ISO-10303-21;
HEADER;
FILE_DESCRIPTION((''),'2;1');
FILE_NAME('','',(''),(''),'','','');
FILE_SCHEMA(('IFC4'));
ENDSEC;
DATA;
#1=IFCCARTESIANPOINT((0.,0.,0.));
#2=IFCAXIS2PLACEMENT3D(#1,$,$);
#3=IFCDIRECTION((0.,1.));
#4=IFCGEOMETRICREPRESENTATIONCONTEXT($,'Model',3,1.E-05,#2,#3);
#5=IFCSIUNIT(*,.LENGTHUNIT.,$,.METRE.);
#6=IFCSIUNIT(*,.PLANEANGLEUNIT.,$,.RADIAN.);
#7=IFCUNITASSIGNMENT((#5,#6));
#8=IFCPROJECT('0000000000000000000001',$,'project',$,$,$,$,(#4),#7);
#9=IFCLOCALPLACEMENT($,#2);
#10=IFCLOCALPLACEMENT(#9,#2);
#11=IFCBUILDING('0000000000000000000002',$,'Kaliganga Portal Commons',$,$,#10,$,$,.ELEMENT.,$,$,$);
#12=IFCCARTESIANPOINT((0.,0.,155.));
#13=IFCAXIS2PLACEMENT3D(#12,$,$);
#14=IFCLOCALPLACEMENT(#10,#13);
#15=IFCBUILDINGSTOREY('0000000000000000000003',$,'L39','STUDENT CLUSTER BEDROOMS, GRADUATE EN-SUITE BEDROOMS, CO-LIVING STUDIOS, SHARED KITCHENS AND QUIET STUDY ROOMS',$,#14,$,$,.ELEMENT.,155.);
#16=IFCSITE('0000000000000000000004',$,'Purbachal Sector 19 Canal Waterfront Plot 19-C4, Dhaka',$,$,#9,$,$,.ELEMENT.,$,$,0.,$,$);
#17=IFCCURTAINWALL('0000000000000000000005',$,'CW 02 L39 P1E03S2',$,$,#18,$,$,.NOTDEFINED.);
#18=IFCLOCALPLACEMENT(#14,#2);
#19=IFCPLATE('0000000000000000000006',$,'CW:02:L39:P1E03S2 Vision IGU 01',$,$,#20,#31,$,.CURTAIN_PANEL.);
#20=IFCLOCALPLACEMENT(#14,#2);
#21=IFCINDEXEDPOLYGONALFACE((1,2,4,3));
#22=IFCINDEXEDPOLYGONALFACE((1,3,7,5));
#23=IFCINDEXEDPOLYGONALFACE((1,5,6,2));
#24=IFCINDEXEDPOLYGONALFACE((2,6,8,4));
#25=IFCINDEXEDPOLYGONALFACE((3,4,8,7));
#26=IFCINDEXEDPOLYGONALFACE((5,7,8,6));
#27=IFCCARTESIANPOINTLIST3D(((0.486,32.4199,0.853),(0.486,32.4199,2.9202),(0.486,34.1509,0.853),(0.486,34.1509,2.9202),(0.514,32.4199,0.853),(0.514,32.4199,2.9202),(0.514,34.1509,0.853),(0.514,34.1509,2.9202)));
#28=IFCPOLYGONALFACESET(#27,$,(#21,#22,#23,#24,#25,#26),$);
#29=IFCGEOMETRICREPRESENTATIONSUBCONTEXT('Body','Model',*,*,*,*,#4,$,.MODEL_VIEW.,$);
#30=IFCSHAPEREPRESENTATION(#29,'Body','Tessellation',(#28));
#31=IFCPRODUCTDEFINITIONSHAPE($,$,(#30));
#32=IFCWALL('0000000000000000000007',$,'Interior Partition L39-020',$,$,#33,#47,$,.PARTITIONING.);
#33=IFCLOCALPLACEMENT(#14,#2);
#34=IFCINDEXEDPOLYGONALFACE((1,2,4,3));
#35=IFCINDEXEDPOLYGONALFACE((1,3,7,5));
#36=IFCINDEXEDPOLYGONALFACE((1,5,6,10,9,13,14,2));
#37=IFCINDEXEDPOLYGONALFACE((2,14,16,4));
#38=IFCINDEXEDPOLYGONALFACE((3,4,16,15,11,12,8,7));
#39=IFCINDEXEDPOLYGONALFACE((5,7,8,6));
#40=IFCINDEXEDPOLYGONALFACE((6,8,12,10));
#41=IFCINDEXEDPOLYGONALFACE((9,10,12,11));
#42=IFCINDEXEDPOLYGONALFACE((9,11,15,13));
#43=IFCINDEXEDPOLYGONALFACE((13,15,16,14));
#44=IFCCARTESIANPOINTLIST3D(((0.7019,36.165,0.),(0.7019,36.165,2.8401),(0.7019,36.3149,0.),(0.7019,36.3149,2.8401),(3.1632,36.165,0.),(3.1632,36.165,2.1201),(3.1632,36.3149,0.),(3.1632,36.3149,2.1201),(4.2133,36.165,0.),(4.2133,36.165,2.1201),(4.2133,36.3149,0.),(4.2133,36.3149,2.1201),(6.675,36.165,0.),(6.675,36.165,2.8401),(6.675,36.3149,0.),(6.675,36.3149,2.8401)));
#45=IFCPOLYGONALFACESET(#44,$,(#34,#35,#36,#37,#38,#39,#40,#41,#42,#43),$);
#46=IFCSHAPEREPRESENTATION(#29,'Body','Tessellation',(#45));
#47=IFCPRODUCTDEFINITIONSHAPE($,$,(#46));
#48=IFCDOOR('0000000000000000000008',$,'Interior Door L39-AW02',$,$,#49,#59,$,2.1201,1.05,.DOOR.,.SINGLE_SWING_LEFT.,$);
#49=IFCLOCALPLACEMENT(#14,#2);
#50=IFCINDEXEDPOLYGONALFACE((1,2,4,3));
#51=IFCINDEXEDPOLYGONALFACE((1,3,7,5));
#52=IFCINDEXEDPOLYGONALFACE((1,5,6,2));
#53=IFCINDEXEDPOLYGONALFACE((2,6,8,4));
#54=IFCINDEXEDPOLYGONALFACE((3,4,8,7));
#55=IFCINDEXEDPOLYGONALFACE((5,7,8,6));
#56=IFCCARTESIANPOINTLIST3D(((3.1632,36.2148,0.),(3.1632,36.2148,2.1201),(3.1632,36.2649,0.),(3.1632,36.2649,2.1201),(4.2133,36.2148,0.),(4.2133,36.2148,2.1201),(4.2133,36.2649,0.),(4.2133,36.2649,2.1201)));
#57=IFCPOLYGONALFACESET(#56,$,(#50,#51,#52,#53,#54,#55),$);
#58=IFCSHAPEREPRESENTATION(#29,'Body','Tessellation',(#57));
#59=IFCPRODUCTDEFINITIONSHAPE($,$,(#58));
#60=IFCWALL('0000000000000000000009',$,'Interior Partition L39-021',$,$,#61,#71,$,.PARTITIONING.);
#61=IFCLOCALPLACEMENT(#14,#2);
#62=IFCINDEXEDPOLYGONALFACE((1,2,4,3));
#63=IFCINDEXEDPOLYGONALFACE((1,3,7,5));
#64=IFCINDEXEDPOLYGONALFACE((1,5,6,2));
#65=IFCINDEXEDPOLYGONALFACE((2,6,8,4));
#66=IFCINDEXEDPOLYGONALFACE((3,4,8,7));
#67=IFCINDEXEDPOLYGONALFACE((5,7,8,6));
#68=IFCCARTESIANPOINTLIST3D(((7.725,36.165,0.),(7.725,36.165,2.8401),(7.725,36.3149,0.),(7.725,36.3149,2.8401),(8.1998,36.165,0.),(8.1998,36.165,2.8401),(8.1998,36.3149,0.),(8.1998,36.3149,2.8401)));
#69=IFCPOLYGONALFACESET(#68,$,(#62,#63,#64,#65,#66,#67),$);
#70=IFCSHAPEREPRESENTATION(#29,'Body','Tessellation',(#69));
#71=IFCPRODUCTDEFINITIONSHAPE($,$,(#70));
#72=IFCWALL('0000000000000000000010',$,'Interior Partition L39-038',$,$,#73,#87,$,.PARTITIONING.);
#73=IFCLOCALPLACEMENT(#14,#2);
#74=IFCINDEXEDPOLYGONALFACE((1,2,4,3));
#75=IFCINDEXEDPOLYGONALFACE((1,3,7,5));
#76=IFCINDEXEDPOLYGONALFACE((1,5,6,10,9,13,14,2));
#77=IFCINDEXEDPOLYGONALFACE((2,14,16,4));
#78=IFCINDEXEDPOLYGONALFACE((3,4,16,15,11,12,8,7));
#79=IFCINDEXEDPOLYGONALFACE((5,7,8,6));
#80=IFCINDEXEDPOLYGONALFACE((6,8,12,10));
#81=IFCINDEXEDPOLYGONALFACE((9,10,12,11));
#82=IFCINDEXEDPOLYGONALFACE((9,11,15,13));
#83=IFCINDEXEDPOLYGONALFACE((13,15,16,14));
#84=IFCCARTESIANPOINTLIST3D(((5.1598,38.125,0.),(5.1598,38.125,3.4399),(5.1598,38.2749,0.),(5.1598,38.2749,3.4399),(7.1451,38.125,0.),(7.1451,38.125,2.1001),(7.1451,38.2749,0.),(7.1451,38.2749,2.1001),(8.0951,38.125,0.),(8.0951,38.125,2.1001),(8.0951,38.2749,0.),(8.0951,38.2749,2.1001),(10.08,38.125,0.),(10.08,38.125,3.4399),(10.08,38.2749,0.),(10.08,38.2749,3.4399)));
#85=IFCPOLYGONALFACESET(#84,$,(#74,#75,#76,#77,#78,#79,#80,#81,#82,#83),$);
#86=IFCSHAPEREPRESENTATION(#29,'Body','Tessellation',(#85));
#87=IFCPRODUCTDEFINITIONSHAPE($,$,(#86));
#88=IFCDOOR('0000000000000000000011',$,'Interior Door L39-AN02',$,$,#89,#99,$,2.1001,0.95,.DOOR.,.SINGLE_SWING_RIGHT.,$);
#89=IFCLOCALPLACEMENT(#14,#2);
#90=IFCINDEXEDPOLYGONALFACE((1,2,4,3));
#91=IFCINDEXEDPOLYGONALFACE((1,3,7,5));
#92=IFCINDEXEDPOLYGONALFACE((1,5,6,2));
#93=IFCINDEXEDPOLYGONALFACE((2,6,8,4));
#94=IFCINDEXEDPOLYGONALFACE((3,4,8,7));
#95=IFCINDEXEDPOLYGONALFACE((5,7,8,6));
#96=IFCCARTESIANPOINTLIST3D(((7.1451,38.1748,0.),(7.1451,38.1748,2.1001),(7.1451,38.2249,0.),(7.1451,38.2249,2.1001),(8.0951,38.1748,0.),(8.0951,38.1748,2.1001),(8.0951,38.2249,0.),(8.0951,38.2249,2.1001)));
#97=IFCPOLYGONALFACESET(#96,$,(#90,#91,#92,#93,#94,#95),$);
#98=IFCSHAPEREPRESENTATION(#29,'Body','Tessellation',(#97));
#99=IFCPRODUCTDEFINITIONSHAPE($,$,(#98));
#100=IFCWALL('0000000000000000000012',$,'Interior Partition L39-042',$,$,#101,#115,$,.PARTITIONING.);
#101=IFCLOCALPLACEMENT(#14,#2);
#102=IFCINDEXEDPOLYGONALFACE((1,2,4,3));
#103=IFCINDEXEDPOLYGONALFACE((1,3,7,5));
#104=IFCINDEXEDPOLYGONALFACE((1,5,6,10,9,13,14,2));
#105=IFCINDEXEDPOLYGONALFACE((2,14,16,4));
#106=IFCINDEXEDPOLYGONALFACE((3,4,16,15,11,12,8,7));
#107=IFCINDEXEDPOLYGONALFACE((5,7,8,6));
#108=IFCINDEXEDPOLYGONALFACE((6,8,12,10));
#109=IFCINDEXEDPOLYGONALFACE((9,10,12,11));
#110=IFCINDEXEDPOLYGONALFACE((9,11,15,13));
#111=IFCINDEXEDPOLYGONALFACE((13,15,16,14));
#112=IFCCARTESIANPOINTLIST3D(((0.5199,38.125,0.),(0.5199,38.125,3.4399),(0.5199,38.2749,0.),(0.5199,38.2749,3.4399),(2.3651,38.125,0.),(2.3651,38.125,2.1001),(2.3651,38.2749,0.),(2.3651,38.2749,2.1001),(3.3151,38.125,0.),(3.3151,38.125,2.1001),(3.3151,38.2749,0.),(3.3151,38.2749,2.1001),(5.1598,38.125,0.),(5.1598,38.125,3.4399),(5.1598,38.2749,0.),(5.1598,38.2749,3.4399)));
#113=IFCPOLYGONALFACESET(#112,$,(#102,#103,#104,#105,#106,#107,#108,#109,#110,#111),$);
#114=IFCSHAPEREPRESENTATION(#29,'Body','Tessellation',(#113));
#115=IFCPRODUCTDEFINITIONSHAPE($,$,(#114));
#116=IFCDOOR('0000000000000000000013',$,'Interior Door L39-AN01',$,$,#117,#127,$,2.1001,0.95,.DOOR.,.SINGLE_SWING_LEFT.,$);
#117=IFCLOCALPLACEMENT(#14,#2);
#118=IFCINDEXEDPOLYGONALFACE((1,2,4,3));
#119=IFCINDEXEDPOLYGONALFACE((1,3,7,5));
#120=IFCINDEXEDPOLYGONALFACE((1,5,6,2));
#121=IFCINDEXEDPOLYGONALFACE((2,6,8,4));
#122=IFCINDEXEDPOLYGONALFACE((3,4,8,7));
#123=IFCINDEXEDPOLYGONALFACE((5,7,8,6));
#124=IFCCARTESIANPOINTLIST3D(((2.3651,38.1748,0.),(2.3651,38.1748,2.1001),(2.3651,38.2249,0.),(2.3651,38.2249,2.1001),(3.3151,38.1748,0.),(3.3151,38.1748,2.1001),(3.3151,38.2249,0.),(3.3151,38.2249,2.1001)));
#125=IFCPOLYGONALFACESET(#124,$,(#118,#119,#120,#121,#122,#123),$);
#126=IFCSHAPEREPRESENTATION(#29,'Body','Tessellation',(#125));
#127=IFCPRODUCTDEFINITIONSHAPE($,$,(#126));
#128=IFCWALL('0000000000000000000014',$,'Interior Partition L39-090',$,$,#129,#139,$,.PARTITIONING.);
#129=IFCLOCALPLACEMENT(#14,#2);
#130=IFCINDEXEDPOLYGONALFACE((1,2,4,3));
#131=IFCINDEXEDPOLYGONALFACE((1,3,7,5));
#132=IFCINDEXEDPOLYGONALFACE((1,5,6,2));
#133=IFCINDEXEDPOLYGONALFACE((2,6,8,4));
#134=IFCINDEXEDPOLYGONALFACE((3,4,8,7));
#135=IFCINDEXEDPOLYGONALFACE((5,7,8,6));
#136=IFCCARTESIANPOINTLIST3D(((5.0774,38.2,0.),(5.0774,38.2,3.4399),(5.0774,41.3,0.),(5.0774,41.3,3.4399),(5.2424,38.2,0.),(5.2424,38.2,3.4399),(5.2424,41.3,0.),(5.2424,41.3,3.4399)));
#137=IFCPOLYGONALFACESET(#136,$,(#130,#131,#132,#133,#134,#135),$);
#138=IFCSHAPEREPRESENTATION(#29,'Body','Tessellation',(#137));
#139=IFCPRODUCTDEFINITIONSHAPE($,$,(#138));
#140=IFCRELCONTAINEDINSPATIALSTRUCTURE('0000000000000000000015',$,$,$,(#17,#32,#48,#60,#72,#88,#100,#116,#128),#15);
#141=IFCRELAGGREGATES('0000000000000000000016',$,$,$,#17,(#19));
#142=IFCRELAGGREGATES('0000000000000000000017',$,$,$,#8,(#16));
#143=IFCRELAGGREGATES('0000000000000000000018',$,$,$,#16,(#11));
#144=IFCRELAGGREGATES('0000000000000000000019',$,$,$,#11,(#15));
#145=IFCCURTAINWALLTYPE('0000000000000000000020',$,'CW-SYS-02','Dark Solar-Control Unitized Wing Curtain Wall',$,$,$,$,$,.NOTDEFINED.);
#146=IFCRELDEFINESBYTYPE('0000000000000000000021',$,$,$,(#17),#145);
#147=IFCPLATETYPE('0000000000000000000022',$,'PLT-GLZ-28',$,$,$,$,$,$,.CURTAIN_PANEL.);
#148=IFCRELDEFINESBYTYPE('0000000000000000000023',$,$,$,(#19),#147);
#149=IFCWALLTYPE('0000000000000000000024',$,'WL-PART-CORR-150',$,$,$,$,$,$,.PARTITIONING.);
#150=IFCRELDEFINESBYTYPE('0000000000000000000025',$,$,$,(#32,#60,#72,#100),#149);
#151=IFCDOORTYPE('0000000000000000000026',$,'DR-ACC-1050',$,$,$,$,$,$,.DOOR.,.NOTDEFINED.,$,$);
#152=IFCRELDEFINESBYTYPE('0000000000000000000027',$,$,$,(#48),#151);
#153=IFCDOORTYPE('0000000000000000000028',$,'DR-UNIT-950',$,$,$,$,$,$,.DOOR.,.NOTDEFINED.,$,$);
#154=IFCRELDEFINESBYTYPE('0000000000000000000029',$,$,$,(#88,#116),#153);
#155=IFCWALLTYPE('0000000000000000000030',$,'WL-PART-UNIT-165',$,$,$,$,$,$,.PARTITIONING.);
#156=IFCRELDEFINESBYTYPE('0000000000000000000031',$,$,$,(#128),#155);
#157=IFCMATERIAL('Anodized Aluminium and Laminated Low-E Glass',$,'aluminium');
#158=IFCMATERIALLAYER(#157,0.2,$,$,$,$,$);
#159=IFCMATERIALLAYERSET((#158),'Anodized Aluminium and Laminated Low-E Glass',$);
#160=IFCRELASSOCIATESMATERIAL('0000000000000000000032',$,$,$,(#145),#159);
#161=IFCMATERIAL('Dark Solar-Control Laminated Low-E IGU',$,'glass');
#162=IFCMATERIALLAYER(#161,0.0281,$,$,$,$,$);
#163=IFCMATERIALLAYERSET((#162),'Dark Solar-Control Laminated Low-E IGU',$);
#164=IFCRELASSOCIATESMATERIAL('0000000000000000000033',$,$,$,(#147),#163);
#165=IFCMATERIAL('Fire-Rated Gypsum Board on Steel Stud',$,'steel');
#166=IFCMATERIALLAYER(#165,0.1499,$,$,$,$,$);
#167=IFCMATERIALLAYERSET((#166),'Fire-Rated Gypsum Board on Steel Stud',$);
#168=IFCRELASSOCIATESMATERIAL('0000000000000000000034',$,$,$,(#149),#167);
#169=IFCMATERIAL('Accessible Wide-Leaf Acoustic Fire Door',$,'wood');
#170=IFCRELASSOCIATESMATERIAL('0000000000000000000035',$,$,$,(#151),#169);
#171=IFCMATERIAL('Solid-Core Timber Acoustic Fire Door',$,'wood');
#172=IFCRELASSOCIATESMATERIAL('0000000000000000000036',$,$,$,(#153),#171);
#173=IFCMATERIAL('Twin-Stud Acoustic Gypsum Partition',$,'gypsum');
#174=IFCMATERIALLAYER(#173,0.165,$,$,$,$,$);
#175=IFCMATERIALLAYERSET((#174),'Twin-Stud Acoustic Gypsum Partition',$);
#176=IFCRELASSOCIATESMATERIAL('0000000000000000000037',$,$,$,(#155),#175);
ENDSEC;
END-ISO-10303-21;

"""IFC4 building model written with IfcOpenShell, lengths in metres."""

from ifc_helpers import new_model, si_unit, direction, frame, frame_2d, origin, origin_2d, place, context, subcontext, project, spatial, rectangle, extrude, source, transform, mapped, material, layer, layer_set, type_object, element, fill, aggregate, save


model = new_model("IFC4")

# Units and contexts
model_context = context("Model", 3, precision=1e-05, world=origin(), true_north=direction((0.0, 1.0)))
body_context = subcontext(model_context, "Body", "Model", "MODEL_VIEW")
ifc_project = project(units=[si_unit("LENGTHUNIT", "METRE"), si_unit("PLANEANGLEUNIT", "RADIAN")], contexts=[model_context])

# Site, building, storey
site_placement = place(None, origin())
site = spatial("IfcSite", under=ifc_project, at=site_placement, Name="Purbachal Sector 19 Canal Waterfront Plot 19-C4, Dhaka", CompositionType="ELEMENT", RefElevation=0.0)
building_placement = place(site_placement, origin())
building = spatial("IfcBuilding", under=site, at=building_placement, Name="Kaliganga Portal Commons", CompositionType="ELEMENT")
storey_placement = place(building_placement, frame((0.0, 0.0, 155.0)))
storey = spatial("IfcBuildingStorey", under=building, at=storey_placement, Name="L39", Description="STUDENT CLUSTER BEDROOMS, GRADUATE EN-SUITE BEDROOMS, CO-LIVING STUDIOS, SHARED KITCHENS AND QUIET STUDY ROOMS", CompositionType="ELEMENT", Elevation=155.0)

# Curtain wall
ifc_material_1 = material(Name="Anodized Aluminium and Laminated Low-E Glass", Category="aluminium")
ifc_layer_1 = layer(ifc_material_1, 0.2)
ifc_layer_set_1 = layer_set([ifc_layer_1], Name="Anodized Aluminium and Laminated Low-E Glass")
curtain_wall_type = type_object("IfcCurtainWallType", Name="CW-SYS-02", Description="Dark Solar-Control Unitized Wing Curtain Wall", PredefinedType="NOTDEFINED", material=ifc_layer_set_1)
curtain_wall_1_placement = place(storey_placement, origin())
curtain_wall_1 = element("IfcCurtainWall", 1, at=curtain_wall_1_placement, inside=storey, type_object=curtain_wall_type, Name="CW 02 L39 P1E03S2", PredefinedType="NOTDEFINED")

# Plate
ifc_material_2 = material(Name="Dark Solar-Control Laminated Low-E IGU", Category="glass")
ifc_layer_2 = layer(ifc_material_2, 0.0281)
ifc_layer_set_2 = layer_set([ifc_layer_2], Name="Dark Solar-Control Laminated Low-E IGU")
plate_type_1 = type_object("IfcPlateType", Name="PLT-GLZ-28", PredefinedType="CURTAIN_PANEL", material=ifc_layer_set_2)
shared_shape_1 = source(origin(), body_context, "Body", "SweptSolid", [
    extrude(rectangle(XDim=1.731, YDim=0.0281, at=origin_2d()), origin(), (0.0, 0.0, 1.0), 2.0671),
])
plate_1_placement = place(storey_placement, frame((0.5, 33.2854, 0.853), z_axis=(0.0, 0.0, 1.0), x_axis=(0.0, -1.0, 0.0)))
plate_1 = element("IfcPlate", 2, at=plate_1_placement, type_object=plate_type_1, Name="CW:02:L39:P1E03S2 Vision IGU 01", PredefinedType="CURTAIN_PANEL", context=body_context, shape_type="MappedRepresentation", body=[
    mapped(shared_shape_1, transform((0.0, 0.0, 0.0), x_axis=(1.0, 0.0, 0.0), y_axis=(0.0, 1.0, 0.0), z_axis=(0.0, 0.0, 1.0), scale=1.0)),
])
aggregate(curtain_wall_1, [plate_1])

# Wall, opening, door
ifc_material_3 = material(Name="Fire-Rated Gypsum Board on Steel Stud", Category="steel")
ifc_layer_3 = layer(ifc_material_3, 0.1499)
ifc_layer_set_3 = layer_set([ifc_layer_3], Name="Fire-Rated Gypsum Board on Steel Stud")
wall_type_1 = type_object("IfcWallType", Name="WL-PART-CORR-150", PredefinedType="PARTITIONING", material=ifc_layer_set_3)
wall_1_placement = place(storey_placement, frame((0.7019, 36.24, 0.0), z_axis=(0.0, 0.0, 1.0), x_axis=(1.0, 0.0, 0.0)))
wall_1 = element("IfcWall", 3, at=wall_1_placement, inside=storey, type_object=wall_type_1, Name="Interior Partition L39-020", PredefinedType="PARTITIONING", context=body_context, shape_type="SweptSolid", body=[
    extrude(rectangle(XDim=5.9731, YDim=0.1499, at=frame_2d((2.9866, 0.0))), origin(), (0.0, 0.0, 1.0), 2.8401),
])
opening_1_placement = place(wall_1_placement, frame((2.4614, 0.0, 0.0)))
opening_1 = element("IfcOpeningElement", 4, at=opening_1_placement, cuts=wall_1, PredefinedType="OPENING", context=body_context, shape_type="SweptSolid", body=[
    extrude(rectangle(XDim=1.05, YDim=2.1201, at=frame_2d((0.5249, 1.0601))), frame((0.0, 0.085, 0.0), z_axis=(0.0, -1.0, 0.0), x_axis=(1.0, 0.0, 0.0)), (0.0, 0.0, 1.0), 0.1699),
])
ifc_material_4 = material(Name="Accessible Wide-Leaf Acoustic Fire Door", Category="wood")
door_type_1 = type_object("IfcDoorType", Name="DR-ACC-1050", OperationType="NOTDEFINED", PredefinedType="DOOR", material=ifc_material_4)
door_1_placement = place(opening_1_placement, origin())
door_1 = element("IfcDoor", 5, at=door_1_placement, inside=storey, type_object=door_type_1, Name="Interior Door L39-AW02", OperationType="SINGLE_SWING_LEFT", OverallHeight=2.1201, OverallWidth=1.05, PredefinedType="DOOR", context=body_context, shape_type="SweptSolid", body=[
    extrude(rectangle(XDim=1.05, YDim=2.1201, at=frame_2d((0.5249, 1.0601))), frame((0.0, 0.0249, 0.0), z_axis=(0.0, -1.0, 0.0), x_axis=(1.0, 0.0, 0.0)), (0.0, 0.0, 1.0), 0.05),
])
fill(opening_1, door_1)

# Wall
wall_2_placement = place(storey_placement, frame((7.7251, 36.24, 0.0), z_axis=(0.0, 0.0, 1.0), x_axis=(1.0, 0.0, 0.0)))
element("IfcWall", 6, at=wall_2_placement, inside=storey, type_object=wall_type_1, Name="Interior Partition L39-021", PredefinedType="PARTITIONING", context=body_context, shape_type="SweptSolid", body=[
    extrude(rectangle(XDim=0.4749, YDim=0.1499, at=frame_2d((0.2373, 0.0))), origin(), (0.0, 0.0, 1.0), 2.8401),
])

# Walls, openings, doors
wall_3_placement = place(storey_placement, frame((5.1599, 38.2, 0.0), z_axis=(0.0, 0.0, 1.0), x_axis=(1.0, 0.0, 0.0)))
wall_3 = element("IfcWall", 7, at=wall_3_placement, inside=storey, type_object=wall_type_1, Name="Interior Partition L39-038", PredefinedType="PARTITIONING", context=body_context, shape_type="SweptSolid", body=[
    extrude(rectangle(XDim=4.9202, YDim=0.1499, at=frame_2d((2.46, 0.0))), origin(), (0.0, 0.0, 1.0), 3.4399),
])
opening_2_placement = place(wall_3_placement, frame((1.9851, 0.0, 0.0)))
opening_2 = element("IfcOpeningElement", 8, at=opening_2_placement, cuts=wall_3, PredefinedType="OPENING", context=body_context, shape_type="SweptSolid", body=[
    extrude(rectangle(XDim=0.95, YDim=2.1001, at=frame_2d((0.4751, 1.05))), frame((0.0, 0.085, 0.0), z_axis=(0.0, -1.0, 0.0), x_axis=(1.0, 0.0, 0.0)), (0.0, 0.0, 1.0), 0.1699),
])
ifc_material_5 = material(Name="Solid-Core Timber Acoustic Fire Door", Category="wood")
door_type_2 = type_object("IfcDoorType", Name="DR-UNIT-950", OperationType="NOTDEFINED", PredefinedType="DOOR", material=ifc_material_5)
door_2_placement = place(opening_2_placement, origin())
door_2 = element("IfcDoor", 9, at=door_2_placement, inside=storey, type_object=door_type_2, Name="Interior Door L39-AN02", OperationType="SINGLE_SWING_RIGHT", OverallHeight=2.1001, OverallWidth=0.95, PredefinedType="DOOR", context=body_context, shape_type="SweptSolid", body=[
    extrude(rectangle(XDim=0.95, YDim=2.1001, at=frame_2d((0.4751, 1.05))), frame((0.0, 0.0249, 0.0), z_axis=(0.0, -1.0, 0.0), x_axis=(1.0, 0.0, 0.0)), (0.0, 0.0, 1.0), 0.05),
])
fill(opening_2, door_2)
wall_4_placement = place(storey_placement, frame((0.52, 38.2, 0.0), z_axis=(0.0, 0.0, 1.0), x_axis=(1.0, 0.0, 0.0)))
wall_4 = element("IfcWall", 10, at=wall_4_placement, inside=storey, type_object=wall_type_1, Name="Interior Partition L39-042", PredefinedType="PARTITIONING", context=body_context, shape_type="SweptSolid", body=[
    extrude(rectangle(XDim=4.6399, YDim=0.1499, at=frame_2d((2.3198, 0.0))), origin(), (0.0, 0.0, 1.0), 3.4399),
])
opening_3_placement = place(wall_4_placement, frame((1.845, 0.0, 0.0)))
opening_3 = element("IfcOpeningElement", 11, at=opening_3_placement, cuts=wall_4, PredefinedType="OPENING", context=body_context, shape_type="SweptSolid", body=[
    extrude(rectangle(XDim=0.95, YDim=2.1001, at=frame_2d((0.4751, 1.05))), frame((0.0, 0.085, 0.0), z_axis=(0.0, -1.0, 0.0), x_axis=(1.0, 0.0, 0.0)), (0.0, 0.0, 1.0), 0.1699),
])
door_3_placement = place(opening_3_placement, origin())
door_3 = element("IfcDoor", 12, at=door_3_placement, inside=storey, type_object=door_type_2, Name="Interior Door L39-AN01", OperationType="SINGLE_SWING_LEFT", OverallHeight=2.1001, OverallWidth=0.95, PredefinedType="DOOR", context=body_context, shape_type="SweptSolid", body=[
    extrude(rectangle(XDim=0.95, YDim=2.1001, at=frame_2d((0.4751, 1.05))), frame((0.0, 0.0249, 0.0), z_axis=(0.0, -1.0, 0.0), x_axis=(1.0, 0.0, 0.0)), (0.0, 0.0, 1.0), 0.05),
])
fill(opening_3, door_3)

# Wall
ifc_material_6 = material(Name="Twin-Stud Acoustic Gypsum Partition", Category="gypsum")
ifc_layer_4 = layer(ifc_material_6, 0.165)
ifc_layer_set_4 = layer_set([ifc_layer_4], Name="Twin-Stud Acoustic Gypsum Partition")
wall_type_2 = type_object("IfcWallType", Name="WL-PART-UNIT-165", PredefinedType="PARTITIONING", material=ifc_layer_set_4)
wall_5_placement = place(storey_placement, frame((5.1599, 38.2, 0.0), z_axis=(0.0, 0.0, 1.0), x_axis=(0.0, 1.0, 0.0)))
element("IfcWall", 13, at=wall_5_placement, inside=storey, type_object=wall_type_2, Name="Interior Partition L39-090", PredefinedType="PARTITIONING", context=body_context, shape_type="SweptSolid", body=[
    extrude(rectangle(XDim=3.1001, YDim=0.165, at=frame_2d((1.55, 0.0))), origin(), (0.0, 0.0, 1.0), 3.4399),
])

save(model, "model.ifc")
